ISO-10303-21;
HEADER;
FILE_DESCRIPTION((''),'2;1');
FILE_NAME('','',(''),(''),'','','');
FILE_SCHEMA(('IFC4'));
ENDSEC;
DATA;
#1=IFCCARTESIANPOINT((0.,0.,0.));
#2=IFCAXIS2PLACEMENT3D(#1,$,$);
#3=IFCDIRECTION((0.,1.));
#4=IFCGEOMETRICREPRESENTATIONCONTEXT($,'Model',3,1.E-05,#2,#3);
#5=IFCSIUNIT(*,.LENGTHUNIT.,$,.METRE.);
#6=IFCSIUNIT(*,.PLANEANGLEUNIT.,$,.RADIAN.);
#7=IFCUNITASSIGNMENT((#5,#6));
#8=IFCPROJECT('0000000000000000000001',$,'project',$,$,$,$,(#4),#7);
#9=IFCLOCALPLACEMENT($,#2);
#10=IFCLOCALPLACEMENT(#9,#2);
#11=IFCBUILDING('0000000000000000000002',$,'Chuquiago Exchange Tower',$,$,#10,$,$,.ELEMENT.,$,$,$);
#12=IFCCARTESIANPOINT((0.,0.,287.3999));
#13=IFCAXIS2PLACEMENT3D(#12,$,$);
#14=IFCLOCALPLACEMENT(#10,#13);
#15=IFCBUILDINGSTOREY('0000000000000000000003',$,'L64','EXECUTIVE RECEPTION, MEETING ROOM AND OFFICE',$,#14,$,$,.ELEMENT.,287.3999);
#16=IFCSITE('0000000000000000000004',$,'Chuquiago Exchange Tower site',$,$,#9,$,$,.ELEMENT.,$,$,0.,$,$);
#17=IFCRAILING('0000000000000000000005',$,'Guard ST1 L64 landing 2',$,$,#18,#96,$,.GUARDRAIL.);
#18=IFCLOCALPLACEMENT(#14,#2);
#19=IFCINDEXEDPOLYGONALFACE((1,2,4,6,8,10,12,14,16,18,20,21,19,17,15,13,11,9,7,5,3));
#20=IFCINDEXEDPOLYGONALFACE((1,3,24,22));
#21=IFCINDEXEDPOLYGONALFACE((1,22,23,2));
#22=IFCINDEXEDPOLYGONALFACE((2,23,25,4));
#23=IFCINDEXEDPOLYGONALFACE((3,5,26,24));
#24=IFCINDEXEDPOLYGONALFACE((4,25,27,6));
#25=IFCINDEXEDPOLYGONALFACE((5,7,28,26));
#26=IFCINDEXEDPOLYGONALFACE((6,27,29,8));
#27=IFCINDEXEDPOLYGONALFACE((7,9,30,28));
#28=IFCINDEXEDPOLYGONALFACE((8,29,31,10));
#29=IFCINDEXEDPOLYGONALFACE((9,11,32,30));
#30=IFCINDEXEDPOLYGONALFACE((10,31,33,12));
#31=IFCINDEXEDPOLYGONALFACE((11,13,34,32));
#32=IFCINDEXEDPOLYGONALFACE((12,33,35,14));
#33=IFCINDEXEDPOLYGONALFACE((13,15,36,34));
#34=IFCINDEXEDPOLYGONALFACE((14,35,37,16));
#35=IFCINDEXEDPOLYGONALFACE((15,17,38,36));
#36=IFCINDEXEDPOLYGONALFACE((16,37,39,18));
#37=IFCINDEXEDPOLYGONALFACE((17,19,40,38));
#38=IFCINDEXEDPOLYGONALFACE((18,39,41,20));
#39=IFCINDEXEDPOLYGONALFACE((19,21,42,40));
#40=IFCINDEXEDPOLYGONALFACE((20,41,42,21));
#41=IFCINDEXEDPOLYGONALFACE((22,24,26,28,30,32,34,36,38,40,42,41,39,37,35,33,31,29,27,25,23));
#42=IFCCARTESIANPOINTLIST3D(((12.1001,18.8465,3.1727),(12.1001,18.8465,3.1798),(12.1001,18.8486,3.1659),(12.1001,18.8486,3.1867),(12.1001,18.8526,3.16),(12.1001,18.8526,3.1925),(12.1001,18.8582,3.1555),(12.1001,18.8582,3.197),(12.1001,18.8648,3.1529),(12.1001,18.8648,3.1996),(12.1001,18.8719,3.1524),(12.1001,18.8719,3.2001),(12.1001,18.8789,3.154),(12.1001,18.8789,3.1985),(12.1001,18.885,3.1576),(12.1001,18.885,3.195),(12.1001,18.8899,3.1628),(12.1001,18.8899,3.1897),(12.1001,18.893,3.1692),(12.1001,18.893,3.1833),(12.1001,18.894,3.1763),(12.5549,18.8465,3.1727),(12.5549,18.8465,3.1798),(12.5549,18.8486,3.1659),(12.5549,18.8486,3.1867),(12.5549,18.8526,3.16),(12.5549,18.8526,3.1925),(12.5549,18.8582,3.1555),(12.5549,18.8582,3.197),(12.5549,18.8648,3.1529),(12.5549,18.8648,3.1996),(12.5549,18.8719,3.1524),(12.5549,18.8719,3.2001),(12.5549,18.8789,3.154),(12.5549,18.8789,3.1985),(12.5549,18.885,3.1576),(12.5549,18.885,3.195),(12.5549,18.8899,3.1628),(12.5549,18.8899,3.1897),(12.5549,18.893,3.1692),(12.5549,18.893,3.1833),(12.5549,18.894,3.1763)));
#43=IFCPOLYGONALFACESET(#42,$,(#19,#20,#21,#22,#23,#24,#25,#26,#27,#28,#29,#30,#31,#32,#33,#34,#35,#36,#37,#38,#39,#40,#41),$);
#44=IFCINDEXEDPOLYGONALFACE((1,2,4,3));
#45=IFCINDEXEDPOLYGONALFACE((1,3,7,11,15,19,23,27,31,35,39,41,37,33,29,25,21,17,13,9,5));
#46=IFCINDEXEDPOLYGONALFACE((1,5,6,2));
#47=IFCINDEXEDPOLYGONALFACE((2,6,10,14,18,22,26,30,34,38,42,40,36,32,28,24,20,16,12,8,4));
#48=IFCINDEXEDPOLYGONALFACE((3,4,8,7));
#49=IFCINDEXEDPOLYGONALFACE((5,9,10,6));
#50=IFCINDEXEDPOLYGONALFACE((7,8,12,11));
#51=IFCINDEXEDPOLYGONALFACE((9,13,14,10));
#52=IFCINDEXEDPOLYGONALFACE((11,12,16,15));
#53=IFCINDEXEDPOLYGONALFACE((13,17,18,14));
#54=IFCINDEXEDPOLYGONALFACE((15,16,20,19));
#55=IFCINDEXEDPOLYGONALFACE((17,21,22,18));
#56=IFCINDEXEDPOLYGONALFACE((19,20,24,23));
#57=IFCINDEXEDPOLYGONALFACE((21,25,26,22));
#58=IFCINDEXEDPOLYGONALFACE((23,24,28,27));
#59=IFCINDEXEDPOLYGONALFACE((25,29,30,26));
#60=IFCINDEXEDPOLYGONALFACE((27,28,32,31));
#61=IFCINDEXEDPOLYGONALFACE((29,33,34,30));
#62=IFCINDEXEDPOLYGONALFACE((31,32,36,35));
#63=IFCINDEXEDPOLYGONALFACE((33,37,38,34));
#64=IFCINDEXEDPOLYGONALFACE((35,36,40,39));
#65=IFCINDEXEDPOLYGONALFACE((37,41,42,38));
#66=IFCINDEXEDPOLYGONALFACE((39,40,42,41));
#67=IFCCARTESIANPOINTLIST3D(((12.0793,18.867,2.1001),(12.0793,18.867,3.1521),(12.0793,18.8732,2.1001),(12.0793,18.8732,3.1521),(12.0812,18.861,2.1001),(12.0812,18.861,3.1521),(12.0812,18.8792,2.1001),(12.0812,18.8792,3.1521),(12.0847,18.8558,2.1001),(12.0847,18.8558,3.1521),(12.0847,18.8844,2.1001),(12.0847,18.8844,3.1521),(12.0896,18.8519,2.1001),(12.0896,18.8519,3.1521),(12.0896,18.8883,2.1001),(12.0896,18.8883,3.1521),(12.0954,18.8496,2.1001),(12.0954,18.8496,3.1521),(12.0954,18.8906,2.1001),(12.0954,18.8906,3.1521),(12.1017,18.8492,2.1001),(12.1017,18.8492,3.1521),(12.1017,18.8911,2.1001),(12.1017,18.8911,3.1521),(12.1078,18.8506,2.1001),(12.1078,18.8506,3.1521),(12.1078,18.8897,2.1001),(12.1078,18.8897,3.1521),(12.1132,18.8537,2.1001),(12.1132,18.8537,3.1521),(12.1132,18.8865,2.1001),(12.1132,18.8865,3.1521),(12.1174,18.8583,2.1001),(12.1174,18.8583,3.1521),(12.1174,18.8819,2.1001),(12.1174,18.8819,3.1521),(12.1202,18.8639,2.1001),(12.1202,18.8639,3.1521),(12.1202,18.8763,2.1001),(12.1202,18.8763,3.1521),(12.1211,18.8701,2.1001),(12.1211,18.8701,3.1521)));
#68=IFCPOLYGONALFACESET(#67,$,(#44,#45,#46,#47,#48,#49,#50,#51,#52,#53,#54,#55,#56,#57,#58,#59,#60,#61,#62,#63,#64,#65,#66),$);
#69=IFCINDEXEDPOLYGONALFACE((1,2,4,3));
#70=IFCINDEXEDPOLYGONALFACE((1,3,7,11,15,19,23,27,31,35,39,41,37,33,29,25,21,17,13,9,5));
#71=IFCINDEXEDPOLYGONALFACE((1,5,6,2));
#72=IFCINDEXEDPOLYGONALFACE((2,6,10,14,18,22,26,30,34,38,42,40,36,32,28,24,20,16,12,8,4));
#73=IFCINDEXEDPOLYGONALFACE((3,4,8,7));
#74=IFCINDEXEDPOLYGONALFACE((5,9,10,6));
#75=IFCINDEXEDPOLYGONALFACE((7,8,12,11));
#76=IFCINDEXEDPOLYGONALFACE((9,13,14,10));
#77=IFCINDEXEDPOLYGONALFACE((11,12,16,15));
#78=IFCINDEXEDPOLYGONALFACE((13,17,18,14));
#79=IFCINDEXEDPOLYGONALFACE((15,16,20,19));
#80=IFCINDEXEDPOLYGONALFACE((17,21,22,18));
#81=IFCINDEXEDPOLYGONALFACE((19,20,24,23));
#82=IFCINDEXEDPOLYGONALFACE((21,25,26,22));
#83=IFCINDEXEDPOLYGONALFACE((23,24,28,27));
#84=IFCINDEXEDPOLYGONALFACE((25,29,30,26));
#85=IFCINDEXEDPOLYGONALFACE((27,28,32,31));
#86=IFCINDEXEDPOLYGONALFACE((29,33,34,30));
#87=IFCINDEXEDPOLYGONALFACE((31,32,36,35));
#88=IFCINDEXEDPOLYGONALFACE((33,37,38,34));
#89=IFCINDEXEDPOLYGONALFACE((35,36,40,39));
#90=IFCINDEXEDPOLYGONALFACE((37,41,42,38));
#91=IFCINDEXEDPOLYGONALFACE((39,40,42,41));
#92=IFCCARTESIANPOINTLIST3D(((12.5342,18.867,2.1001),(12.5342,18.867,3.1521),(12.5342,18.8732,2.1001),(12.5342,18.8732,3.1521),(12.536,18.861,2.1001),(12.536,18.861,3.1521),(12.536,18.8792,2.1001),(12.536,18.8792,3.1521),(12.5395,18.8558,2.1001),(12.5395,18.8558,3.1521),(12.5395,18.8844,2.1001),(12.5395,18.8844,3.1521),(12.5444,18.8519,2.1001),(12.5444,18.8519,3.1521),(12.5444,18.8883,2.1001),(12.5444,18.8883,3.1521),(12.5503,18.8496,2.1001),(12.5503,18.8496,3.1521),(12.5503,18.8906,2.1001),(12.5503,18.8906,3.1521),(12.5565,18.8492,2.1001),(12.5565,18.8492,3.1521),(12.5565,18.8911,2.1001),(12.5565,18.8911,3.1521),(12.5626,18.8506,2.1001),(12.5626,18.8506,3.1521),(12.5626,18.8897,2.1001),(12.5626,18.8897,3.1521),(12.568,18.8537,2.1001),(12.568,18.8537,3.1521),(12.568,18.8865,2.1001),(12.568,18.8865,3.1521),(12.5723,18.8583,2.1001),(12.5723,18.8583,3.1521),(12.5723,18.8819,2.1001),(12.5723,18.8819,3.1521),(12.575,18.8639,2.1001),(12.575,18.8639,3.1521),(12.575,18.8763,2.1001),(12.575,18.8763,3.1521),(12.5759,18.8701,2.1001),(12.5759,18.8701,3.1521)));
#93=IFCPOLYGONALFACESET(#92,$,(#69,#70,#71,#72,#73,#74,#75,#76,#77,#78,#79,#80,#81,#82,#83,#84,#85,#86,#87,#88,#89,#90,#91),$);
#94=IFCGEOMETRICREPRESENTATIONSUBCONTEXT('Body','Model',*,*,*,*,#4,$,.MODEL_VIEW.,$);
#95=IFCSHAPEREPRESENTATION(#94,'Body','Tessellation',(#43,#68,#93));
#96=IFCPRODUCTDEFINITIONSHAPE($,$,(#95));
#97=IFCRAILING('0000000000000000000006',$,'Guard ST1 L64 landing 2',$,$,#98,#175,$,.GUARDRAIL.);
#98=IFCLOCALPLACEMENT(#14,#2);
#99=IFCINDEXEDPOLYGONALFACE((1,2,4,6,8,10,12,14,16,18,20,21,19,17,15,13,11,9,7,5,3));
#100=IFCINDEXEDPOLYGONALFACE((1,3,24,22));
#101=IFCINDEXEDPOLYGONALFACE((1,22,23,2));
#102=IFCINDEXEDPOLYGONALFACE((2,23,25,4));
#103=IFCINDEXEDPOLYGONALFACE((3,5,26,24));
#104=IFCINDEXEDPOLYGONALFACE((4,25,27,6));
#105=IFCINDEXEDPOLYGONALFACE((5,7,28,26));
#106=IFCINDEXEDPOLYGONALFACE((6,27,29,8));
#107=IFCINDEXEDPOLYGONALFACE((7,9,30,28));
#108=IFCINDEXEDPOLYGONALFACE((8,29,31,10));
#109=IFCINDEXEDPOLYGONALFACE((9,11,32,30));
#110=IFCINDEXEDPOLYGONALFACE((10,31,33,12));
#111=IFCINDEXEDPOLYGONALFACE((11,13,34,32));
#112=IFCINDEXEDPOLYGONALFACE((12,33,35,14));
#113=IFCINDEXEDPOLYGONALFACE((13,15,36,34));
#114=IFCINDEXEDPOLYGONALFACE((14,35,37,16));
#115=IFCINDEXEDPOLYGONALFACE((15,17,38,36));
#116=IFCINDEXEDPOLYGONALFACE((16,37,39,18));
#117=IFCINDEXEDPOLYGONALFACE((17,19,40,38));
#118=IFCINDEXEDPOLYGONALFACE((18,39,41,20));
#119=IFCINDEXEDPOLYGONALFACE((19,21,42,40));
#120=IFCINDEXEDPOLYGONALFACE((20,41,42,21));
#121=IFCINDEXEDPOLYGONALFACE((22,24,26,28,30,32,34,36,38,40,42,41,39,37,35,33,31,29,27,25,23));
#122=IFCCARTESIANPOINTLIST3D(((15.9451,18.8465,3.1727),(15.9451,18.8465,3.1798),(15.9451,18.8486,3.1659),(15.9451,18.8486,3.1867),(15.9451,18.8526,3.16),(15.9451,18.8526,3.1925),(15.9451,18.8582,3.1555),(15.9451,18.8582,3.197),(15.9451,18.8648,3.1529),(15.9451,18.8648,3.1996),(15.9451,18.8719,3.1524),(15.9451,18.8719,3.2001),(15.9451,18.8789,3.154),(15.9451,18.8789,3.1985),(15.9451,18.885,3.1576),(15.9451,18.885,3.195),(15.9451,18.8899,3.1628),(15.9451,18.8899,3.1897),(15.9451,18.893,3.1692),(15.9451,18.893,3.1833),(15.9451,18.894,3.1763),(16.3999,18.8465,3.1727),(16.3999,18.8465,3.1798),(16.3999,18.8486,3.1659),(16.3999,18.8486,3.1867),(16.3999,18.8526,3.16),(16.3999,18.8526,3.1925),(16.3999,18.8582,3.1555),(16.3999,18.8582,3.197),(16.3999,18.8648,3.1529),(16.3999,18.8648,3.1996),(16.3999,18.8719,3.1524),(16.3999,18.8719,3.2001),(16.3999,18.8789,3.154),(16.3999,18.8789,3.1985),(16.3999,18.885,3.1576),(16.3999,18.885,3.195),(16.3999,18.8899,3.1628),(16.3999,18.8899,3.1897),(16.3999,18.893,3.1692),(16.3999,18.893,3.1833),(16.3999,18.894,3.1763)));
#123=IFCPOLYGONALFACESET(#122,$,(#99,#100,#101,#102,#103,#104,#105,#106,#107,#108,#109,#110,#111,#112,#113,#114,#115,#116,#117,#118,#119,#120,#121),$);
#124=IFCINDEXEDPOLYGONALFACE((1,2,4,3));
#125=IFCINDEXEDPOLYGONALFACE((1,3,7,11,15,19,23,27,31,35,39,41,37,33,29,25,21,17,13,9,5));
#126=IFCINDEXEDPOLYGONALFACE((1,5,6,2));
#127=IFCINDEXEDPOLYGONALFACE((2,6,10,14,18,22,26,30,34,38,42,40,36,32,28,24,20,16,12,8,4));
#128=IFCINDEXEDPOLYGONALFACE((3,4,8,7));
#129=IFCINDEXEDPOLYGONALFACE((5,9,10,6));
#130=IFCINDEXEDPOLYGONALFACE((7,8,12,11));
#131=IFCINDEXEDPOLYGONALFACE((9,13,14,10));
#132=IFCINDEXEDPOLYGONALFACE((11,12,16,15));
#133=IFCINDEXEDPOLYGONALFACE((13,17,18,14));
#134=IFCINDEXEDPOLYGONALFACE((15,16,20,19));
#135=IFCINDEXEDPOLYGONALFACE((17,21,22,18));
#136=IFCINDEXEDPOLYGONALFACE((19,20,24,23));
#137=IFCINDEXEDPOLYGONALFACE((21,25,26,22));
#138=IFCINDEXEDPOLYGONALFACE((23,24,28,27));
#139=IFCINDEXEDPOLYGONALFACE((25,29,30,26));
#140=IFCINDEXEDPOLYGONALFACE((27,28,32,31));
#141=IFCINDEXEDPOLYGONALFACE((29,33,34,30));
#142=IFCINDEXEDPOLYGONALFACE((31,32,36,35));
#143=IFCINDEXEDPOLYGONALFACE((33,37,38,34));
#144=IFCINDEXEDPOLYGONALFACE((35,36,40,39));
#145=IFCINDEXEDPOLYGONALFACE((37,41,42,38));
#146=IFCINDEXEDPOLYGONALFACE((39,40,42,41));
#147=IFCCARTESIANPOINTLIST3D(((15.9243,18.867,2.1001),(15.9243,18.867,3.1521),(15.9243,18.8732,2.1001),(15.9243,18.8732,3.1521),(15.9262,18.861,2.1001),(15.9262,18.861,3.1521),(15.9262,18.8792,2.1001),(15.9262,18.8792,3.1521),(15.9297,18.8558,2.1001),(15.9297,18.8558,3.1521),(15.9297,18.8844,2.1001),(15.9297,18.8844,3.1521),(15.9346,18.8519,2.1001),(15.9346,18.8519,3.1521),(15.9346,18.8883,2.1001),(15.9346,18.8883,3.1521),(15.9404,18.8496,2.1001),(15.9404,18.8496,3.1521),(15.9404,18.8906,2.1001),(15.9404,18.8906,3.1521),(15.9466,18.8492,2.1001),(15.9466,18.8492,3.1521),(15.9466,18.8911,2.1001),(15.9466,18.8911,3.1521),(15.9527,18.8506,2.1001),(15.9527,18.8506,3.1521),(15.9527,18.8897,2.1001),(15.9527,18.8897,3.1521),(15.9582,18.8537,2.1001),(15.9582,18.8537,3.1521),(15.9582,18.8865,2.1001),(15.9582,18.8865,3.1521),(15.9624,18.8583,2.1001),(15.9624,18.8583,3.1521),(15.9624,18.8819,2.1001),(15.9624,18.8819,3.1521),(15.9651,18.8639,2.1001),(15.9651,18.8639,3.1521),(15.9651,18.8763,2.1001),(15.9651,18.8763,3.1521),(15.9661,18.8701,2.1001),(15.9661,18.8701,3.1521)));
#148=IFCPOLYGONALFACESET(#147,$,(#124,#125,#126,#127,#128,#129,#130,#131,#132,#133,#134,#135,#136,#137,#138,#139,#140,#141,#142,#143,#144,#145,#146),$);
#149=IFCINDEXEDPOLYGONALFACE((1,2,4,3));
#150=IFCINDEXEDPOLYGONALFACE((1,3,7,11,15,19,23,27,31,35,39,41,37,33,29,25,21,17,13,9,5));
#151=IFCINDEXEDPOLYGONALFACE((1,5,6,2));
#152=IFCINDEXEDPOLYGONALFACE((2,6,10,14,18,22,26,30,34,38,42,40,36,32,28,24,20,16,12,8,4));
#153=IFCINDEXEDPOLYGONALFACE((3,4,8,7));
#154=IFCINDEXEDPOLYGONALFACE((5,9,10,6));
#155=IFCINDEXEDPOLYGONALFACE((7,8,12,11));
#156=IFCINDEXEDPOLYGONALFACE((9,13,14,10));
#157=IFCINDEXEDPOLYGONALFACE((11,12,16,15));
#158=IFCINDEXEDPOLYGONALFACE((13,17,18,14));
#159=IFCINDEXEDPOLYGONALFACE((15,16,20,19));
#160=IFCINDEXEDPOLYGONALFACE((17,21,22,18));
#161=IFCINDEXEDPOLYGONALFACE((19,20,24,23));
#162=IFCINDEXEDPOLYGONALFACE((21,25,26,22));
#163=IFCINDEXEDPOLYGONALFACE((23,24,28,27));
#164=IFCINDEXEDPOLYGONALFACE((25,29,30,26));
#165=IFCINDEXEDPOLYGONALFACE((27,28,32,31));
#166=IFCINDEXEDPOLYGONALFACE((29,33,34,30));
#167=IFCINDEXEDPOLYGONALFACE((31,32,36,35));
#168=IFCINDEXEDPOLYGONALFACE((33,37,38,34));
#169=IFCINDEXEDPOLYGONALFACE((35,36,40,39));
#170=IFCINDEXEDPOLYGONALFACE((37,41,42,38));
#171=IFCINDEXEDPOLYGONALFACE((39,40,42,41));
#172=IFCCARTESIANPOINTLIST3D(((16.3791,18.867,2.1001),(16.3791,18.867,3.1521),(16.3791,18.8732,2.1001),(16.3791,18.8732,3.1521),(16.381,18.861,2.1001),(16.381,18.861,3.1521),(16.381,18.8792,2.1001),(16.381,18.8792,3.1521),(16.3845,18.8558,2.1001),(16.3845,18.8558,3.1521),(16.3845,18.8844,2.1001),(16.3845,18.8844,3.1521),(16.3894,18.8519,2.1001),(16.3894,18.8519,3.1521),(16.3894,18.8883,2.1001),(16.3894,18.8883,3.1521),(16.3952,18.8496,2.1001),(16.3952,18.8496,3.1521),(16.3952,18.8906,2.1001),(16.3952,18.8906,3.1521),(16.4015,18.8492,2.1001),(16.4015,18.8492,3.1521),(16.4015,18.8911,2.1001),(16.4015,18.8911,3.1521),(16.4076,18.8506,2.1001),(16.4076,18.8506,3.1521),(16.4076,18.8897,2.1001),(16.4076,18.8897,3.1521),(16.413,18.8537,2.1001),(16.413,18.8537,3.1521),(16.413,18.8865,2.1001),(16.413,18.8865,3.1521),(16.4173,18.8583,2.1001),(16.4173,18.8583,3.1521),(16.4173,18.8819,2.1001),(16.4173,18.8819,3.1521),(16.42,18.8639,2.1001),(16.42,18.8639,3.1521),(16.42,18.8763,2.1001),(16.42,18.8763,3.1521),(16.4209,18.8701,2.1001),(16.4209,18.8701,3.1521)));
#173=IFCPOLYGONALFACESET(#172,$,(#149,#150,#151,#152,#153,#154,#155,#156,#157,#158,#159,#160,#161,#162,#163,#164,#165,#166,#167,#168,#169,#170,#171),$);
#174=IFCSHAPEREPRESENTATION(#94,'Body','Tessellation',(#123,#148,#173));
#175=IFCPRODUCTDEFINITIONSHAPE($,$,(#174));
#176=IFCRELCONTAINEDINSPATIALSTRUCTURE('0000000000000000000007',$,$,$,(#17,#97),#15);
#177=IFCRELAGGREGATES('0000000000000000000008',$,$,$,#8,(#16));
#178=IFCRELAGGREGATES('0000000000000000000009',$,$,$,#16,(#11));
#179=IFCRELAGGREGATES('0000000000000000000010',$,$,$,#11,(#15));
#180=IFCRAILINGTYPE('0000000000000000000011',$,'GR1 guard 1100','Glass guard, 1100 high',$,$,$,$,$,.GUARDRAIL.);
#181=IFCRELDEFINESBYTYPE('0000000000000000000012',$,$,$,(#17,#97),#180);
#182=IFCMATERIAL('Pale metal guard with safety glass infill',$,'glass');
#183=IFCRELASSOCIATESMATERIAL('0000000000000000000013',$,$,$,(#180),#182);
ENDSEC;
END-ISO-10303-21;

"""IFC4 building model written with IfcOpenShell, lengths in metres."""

from ifc_helpers import new_model, si_unit, direction, frame, origin, origin_2d, place, context, subcontext, project, spatial, circle, extrude, material, type_object, element, save


model = new_model("IFC4")

# Units and contexts
model_context = context("Model", 3, precision=1e-05, world=origin(), true_north=direction((0.0, 1.0)))
body_context = subcontext(model_context, "Body", "Model", "MODEL_VIEW")
ifc_project = project(units=[si_unit("LENGTHUNIT", "METRE"), si_unit("PLANEANGLEUNIT", "RADIAN")], contexts=[model_context])

# Site, building, storey
site_placement = place(None, origin())
site = spatial("IfcSite", under=ifc_project, at=site_placement, Name="Chuquiago Exchange Tower site", CompositionType="ELEMENT", RefElevation=0.0)
building_placement = place(site_placement, origin())
building = spatial("IfcBuilding", under=site, at=building_placement, Name="Chuquiago Exchange Tower", CompositionType="ELEMENT")
storey_placement = place(building_placement, frame((0.0, 0.0, 287.3999)))
storey = spatial("IfcBuildingStorey", under=building, at=storey_placement, Name="L64", Description="EXECUTIVE RECEPTION, MEETING ROOM AND OFFICE", CompositionType="ELEMENT", Elevation=287.3999)

# Railings
ifc_material_1 = material(Name="Pale metal guard with safety glass infill", Category="glass")
railing_type_1 = type_object("IfcRailingType", Name="GR1 guard 1100", Description="Glass guard, 1100 high", PredefinedType="GUARDRAIL", material=ifc_material_1)
for number, where, name in (
    (1, (12.1001, 18.8701, 2.1001), "Guard ST1 L64 landing 2"),
    (2, (15.9451, 18.8701, 2.1001), "Guard ST1 L64 landing 2"),
):
    element("IfcRailing", number, at=place(storey_placement, frame(where)), inside=storey, type_object=railing_type_1, Name=name, PredefinedType="GUARDRAIL", context=body_context, shape_type="SweptSolid", body=[
        extrude(circle(Radius=0.0239, at=origin_2d()), frame((0.0, 0.0, 1.0762), z_axis=(1.0, 0.0, 0.0), x_axis=(0.0, 1.0, 0.0)), (0.0, 0.0, 1.0), 0.4548),
        extrude(circle(Radius=0.021, at=origin_2d()), origin(), (0.0, 0.0, 1.0), 1.052),
        extrude(circle(Radius=0.021, at=origin_2d()), frame((0.4548, 0.0, 0.0)), (0.0, 0.0, 1.0), 1.052),
    ])

save(model, "model.ifc")
